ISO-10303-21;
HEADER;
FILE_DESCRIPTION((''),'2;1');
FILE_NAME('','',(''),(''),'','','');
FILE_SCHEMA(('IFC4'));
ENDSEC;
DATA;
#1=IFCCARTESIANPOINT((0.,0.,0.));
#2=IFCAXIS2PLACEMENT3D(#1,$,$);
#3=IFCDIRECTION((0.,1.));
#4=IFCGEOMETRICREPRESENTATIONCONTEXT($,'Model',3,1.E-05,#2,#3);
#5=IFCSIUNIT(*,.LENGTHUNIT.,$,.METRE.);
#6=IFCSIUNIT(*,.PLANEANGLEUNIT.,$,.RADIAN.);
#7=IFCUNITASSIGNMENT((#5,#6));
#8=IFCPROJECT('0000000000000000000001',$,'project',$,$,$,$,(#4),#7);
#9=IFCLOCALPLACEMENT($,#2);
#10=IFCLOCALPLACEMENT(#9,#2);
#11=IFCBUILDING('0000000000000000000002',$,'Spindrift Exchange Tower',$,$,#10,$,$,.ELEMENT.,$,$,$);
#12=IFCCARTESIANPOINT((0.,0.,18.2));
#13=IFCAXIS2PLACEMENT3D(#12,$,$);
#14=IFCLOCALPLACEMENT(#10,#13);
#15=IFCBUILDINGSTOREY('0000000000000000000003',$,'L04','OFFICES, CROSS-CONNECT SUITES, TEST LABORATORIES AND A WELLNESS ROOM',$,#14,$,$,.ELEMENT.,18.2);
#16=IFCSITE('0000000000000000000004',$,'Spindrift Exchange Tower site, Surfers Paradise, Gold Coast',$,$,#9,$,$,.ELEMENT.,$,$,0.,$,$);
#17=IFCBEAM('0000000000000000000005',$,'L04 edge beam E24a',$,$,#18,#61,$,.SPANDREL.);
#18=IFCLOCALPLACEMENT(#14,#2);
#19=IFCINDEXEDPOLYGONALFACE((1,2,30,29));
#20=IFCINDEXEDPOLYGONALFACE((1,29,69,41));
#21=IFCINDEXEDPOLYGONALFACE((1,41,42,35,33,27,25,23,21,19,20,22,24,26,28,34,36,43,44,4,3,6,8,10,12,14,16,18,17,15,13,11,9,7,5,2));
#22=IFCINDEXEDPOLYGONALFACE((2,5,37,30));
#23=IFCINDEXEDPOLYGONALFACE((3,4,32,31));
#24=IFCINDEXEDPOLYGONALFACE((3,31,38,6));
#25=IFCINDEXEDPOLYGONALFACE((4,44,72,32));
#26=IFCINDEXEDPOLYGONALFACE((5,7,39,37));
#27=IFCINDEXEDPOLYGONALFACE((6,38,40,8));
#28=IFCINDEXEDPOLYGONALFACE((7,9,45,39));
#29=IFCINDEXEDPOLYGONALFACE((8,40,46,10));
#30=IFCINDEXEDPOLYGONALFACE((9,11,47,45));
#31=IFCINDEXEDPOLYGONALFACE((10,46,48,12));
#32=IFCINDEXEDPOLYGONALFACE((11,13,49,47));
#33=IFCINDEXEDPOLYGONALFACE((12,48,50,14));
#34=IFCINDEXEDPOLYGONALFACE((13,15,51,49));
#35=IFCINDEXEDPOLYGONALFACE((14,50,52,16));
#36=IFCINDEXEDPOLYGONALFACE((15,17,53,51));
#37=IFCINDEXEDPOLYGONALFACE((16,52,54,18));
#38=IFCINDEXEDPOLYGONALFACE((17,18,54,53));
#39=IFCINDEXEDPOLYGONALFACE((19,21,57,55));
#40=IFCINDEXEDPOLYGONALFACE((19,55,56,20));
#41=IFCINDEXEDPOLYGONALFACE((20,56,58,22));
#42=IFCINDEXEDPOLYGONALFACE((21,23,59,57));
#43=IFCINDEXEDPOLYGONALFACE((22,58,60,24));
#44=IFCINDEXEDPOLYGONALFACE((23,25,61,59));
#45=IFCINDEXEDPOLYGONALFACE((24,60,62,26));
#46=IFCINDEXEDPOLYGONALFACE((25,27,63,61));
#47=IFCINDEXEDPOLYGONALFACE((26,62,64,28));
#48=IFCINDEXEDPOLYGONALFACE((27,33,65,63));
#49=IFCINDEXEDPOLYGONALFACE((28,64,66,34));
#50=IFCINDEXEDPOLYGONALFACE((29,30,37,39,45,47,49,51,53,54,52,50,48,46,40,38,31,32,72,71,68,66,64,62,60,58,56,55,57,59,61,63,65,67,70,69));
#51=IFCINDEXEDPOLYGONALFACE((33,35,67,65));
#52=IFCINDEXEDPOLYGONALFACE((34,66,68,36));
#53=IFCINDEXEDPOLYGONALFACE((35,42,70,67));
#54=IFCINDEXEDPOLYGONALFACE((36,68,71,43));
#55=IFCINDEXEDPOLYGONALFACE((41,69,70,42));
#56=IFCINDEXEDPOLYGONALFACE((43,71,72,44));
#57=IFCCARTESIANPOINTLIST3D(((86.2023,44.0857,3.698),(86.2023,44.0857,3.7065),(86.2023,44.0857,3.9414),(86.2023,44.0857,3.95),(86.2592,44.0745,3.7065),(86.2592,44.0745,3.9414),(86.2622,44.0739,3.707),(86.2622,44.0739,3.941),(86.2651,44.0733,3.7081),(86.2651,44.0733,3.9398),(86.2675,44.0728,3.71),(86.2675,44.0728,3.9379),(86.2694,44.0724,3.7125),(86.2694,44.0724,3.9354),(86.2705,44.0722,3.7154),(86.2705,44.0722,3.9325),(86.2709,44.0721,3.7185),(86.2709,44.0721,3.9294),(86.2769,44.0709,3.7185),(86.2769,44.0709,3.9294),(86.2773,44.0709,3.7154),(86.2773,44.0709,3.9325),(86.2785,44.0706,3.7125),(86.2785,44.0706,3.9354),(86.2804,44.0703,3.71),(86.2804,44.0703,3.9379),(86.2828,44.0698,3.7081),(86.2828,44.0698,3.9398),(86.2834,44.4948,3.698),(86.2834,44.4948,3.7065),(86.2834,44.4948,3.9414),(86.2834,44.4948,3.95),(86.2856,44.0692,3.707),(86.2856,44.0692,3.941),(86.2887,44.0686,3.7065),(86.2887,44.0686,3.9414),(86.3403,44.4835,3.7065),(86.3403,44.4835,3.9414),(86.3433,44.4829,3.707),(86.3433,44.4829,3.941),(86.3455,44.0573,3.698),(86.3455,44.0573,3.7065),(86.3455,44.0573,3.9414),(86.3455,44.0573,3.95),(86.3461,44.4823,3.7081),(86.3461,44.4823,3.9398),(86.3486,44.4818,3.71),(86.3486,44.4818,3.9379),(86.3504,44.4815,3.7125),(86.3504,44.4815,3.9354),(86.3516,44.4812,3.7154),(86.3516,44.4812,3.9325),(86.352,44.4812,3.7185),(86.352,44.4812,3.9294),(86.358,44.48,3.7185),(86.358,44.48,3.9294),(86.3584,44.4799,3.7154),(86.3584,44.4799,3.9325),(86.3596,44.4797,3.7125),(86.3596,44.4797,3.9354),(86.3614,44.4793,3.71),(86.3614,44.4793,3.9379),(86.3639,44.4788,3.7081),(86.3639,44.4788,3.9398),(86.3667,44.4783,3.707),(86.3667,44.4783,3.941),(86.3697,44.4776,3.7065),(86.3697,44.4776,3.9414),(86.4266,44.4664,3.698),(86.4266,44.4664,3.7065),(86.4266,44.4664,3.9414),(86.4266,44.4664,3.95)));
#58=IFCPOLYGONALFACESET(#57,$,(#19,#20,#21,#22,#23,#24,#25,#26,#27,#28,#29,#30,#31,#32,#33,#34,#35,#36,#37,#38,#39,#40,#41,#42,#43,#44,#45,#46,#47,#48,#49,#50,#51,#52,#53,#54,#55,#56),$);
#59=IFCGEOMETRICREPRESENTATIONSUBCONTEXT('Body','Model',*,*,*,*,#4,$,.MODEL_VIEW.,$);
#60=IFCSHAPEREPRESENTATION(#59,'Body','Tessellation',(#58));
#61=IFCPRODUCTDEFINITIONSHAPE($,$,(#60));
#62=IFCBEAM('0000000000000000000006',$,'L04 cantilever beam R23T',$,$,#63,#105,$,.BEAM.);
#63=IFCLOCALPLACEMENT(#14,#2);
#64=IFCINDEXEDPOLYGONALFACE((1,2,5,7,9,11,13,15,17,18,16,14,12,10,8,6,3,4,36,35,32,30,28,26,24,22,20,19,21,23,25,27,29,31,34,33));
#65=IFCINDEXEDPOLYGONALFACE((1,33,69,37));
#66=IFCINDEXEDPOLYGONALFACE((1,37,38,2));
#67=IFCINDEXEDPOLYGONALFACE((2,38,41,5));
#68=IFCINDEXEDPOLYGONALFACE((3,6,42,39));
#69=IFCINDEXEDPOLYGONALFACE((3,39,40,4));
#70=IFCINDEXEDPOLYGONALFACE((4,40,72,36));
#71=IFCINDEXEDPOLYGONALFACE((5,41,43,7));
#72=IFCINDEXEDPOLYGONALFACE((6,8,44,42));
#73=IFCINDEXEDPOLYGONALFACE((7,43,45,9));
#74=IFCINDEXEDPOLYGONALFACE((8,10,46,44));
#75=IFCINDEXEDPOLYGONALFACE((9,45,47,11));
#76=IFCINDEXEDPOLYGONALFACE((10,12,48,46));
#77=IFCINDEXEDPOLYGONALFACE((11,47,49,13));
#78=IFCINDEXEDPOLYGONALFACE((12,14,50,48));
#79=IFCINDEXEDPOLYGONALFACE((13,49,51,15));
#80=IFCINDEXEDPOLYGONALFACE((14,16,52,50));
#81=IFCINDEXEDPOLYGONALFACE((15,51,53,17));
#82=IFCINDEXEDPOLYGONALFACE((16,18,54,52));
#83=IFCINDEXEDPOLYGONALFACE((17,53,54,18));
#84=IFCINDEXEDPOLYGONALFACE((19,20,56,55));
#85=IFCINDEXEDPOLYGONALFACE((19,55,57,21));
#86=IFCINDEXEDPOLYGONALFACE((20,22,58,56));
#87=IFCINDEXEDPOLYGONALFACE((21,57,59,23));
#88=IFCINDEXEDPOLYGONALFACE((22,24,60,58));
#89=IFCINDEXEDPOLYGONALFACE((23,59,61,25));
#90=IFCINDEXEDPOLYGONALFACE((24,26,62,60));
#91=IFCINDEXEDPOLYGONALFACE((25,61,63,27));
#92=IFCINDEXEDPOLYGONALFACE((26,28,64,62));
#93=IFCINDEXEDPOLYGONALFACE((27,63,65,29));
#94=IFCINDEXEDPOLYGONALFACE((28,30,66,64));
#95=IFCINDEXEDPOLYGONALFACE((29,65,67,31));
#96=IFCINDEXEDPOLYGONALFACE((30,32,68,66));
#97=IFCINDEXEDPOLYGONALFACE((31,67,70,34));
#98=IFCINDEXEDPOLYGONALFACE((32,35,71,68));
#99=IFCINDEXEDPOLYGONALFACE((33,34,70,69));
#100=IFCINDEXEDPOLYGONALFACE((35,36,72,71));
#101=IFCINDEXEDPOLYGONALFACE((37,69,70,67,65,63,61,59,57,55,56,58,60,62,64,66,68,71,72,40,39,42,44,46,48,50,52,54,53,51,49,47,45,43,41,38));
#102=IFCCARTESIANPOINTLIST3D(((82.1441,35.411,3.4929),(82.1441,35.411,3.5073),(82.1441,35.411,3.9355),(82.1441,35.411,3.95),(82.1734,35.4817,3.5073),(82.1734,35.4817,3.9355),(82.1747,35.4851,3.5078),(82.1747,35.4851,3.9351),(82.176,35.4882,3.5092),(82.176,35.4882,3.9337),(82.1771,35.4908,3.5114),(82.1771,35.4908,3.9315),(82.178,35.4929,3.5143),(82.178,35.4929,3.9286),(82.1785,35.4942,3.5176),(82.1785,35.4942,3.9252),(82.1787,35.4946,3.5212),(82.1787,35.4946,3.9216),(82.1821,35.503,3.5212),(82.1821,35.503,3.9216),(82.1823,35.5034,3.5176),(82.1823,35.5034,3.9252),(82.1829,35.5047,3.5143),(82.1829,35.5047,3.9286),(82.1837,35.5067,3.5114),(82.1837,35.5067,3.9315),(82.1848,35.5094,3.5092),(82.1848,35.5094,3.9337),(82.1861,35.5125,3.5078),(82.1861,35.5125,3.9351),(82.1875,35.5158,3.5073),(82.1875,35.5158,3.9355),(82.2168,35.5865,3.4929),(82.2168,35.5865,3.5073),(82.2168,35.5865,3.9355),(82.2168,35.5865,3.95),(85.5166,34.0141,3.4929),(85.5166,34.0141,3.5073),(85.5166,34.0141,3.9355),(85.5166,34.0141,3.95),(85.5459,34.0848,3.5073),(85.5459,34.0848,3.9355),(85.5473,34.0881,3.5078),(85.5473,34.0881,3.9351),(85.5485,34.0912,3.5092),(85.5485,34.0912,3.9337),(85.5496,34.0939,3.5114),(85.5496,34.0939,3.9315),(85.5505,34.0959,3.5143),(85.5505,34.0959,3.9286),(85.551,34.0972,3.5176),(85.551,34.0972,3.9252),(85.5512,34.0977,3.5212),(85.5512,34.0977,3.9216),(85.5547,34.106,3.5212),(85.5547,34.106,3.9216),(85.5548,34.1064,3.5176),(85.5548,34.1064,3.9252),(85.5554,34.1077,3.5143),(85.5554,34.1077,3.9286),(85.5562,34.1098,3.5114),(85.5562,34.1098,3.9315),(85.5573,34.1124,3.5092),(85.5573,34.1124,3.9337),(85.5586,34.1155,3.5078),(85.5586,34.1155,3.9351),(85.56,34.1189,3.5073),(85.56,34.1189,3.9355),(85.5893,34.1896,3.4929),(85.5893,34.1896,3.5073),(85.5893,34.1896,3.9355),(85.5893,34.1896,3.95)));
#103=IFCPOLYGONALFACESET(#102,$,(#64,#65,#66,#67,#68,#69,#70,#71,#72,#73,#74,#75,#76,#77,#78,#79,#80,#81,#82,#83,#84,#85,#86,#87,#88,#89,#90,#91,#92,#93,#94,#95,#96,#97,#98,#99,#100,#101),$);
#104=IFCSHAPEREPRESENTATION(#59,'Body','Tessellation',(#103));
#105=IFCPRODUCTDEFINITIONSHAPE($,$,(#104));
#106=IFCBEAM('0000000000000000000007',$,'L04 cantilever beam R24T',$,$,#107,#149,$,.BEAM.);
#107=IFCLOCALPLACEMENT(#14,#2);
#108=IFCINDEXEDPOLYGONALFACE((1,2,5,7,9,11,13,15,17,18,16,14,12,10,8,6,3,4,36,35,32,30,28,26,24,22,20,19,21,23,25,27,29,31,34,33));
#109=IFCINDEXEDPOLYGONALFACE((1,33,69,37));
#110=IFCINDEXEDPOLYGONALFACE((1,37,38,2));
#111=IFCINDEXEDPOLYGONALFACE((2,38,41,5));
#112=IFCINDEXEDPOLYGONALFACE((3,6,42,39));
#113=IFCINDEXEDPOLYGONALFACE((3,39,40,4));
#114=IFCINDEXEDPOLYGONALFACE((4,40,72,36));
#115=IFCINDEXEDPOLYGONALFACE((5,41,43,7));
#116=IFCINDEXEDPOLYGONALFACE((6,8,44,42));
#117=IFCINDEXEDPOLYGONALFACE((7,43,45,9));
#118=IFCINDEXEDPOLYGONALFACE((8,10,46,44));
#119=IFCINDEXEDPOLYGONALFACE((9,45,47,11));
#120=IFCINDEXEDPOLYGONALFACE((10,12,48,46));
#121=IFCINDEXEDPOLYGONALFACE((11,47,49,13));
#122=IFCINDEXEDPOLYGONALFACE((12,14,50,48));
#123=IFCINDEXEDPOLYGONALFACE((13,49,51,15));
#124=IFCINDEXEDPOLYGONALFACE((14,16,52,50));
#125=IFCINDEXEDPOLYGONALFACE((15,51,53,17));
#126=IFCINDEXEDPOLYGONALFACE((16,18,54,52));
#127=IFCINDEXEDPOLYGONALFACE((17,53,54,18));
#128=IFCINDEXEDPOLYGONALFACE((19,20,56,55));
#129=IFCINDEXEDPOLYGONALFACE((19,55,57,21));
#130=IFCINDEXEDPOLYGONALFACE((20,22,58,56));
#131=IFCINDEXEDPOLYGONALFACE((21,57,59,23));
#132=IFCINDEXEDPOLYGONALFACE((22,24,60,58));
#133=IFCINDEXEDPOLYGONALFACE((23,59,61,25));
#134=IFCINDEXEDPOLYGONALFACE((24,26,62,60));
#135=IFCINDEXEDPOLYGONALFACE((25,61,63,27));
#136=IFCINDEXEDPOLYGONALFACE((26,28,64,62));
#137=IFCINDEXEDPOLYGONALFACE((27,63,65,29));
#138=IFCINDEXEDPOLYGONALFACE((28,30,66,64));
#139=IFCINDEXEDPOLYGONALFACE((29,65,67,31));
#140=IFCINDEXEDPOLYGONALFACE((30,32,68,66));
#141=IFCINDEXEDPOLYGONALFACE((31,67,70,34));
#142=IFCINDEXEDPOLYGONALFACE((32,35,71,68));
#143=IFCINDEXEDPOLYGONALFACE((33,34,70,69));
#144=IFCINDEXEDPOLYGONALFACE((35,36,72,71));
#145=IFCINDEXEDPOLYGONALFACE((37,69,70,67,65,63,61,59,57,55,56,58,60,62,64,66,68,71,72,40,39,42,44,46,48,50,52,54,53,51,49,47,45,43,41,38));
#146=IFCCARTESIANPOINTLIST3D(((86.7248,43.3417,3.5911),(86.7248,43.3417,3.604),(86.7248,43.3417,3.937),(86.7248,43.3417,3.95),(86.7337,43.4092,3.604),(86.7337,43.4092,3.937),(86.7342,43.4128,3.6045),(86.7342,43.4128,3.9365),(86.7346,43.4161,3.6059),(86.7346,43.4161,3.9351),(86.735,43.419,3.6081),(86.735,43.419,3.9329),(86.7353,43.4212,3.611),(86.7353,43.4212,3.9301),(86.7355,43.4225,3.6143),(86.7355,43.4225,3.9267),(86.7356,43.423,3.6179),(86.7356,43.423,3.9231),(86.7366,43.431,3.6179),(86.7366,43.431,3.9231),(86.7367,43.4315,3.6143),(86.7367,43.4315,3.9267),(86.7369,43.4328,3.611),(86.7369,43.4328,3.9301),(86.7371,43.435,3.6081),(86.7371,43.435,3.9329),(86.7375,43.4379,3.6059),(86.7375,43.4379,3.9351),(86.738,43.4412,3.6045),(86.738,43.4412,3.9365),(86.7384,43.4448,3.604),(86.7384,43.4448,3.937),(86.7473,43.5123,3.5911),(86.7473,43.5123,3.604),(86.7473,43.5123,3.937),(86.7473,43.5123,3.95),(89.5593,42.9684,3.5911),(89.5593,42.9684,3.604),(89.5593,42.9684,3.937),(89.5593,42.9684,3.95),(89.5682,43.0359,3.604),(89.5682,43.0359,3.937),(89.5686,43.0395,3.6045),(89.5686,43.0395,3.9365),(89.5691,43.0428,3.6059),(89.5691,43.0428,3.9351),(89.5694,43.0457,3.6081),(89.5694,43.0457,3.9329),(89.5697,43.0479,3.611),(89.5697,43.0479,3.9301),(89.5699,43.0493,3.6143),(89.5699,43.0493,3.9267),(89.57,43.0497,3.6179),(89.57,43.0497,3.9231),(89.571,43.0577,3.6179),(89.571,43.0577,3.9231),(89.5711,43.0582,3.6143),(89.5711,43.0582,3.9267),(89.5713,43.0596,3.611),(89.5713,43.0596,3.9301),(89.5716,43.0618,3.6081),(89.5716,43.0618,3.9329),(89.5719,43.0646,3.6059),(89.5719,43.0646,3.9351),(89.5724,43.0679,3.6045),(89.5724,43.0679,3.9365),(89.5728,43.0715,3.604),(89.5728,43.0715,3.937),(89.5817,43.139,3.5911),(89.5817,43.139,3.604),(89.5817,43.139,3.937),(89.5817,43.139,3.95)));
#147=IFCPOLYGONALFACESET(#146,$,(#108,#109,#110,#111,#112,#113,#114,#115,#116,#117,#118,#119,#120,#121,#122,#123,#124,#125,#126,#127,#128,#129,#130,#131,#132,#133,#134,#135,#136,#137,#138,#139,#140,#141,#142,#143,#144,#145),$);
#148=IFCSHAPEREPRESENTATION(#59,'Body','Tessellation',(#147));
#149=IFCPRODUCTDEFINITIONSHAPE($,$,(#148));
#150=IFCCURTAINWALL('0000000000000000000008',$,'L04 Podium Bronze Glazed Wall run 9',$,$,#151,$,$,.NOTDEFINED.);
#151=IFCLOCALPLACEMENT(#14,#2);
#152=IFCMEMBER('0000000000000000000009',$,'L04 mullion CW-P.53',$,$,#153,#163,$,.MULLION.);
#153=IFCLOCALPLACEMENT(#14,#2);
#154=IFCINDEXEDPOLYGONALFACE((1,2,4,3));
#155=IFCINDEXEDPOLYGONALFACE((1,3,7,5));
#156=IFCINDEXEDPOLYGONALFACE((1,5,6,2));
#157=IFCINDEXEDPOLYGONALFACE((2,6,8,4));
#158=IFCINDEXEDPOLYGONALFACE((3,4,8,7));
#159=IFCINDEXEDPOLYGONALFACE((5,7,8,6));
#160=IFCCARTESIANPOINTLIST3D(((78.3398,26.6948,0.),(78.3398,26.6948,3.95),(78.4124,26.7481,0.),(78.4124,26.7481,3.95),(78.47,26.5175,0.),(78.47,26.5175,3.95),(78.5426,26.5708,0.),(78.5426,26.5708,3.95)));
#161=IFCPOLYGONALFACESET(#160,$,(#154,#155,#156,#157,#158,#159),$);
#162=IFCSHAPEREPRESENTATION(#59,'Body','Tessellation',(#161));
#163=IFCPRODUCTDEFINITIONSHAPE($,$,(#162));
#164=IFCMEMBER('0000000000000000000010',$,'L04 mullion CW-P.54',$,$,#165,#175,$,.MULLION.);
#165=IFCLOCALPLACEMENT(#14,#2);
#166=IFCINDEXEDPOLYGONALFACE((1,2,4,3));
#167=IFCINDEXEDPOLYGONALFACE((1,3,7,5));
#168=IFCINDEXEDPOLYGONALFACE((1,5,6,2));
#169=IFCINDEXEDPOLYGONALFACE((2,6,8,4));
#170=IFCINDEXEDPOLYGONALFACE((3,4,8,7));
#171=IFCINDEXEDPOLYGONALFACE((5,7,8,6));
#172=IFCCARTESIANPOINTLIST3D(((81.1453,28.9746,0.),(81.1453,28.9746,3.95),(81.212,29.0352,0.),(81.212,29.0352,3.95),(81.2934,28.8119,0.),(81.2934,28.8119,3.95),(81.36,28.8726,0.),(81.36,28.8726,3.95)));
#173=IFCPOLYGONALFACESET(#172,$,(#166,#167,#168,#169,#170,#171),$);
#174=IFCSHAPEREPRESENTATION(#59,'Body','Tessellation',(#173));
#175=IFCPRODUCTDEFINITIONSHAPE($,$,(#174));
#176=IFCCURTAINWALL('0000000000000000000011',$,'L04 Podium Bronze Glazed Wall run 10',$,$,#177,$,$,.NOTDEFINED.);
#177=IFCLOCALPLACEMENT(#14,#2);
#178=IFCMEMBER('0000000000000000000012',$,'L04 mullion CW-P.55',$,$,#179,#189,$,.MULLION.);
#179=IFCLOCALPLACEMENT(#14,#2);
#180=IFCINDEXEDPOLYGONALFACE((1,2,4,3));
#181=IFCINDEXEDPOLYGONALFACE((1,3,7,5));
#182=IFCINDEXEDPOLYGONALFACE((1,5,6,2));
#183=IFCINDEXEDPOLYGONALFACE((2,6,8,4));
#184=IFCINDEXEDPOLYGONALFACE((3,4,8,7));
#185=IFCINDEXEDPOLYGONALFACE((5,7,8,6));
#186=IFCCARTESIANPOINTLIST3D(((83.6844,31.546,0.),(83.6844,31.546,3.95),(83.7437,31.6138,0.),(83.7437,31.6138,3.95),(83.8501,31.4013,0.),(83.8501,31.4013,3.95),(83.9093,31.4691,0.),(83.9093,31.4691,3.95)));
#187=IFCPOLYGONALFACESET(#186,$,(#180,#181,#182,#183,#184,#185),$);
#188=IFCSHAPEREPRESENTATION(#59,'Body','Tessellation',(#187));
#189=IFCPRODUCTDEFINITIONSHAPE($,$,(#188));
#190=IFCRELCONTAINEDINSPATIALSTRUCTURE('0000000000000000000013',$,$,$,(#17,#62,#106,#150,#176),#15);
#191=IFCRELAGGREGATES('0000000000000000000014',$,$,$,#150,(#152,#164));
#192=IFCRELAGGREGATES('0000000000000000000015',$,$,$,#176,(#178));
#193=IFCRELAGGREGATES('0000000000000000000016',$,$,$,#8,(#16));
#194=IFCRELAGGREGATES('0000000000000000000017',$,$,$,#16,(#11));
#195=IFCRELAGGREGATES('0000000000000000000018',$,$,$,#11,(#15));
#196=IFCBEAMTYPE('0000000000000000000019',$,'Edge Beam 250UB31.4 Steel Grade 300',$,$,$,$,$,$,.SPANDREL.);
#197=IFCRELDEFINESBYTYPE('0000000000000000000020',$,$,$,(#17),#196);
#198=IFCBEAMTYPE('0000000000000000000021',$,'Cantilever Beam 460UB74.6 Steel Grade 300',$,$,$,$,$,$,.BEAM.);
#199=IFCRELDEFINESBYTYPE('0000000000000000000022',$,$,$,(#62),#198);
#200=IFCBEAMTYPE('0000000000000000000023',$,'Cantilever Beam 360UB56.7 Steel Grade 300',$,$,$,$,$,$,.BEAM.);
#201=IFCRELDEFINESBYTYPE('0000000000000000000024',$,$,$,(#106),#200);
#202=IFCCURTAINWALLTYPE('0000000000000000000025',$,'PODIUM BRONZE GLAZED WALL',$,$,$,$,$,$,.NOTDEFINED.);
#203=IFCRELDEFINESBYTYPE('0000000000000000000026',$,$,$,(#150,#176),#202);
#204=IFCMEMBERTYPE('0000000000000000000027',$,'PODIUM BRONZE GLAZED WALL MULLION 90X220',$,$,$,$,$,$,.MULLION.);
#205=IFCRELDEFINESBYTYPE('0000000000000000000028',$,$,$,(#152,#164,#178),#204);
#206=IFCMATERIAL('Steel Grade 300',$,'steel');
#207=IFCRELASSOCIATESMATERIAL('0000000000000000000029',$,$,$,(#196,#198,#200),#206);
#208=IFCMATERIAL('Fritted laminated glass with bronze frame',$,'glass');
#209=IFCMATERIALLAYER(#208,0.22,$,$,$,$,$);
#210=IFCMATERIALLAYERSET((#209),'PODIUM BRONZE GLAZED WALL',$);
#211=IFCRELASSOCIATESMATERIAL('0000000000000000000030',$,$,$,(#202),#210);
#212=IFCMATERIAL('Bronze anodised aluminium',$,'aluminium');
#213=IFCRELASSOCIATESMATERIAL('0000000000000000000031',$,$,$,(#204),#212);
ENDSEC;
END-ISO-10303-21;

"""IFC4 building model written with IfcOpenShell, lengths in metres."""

from ifc_helpers import new_model, si_unit, direction, frame, origin, origin_2d, place, context, subcontext, project, spatial, rectangle, i_section, extrude, source, transform, mapped, material, layer, layer_set, material_profile, profile_set, type_object, element, aggregate, save


model = new_model("IFC4")

# Units and contexts
model_context = context("Model", 3, precision=1e-05, world=origin(), true_north=direction((0.0, 1.0)))
body_context = subcontext(model_context, "Body", "Model", "MODEL_VIEW")
ifc_project = project(units=[si_unit("LENGTHUNIT", "METRE"), si_unit("PLANEANGLEUNIT", "RADIAN")], contexts=[model_context])

# Site, building, storey
site_placement = place(None, origin())
site = spatial("IfcSite", under=ifc_project, at=site_placement, Name="Spindrift Exchange Tower site, Surfers Paradise, Gold Coast", CompositionType="ELEMENT", RefElevation=0.0)
building_placement = place(site_placement, origin())
building = spatial("IfcBuilding", under=site, at=building_placement, Name="Spindrift Exchange Tower", CompositionType="ELEMENT")
storey_placement = place(building_placement, frame((0.0, 0.0, 18.2)))
storey = spatial("IfcBuildingStorey", under=building, at=storey_placement, Name="L04", Description="OFFICES, CROSS-CONNECT SUITES, TEST LABORATORIES AND A WELLNESS ROOM", CompositionType="ELEMENT", Elevation=18.2)

# Beams
ifc_material_1 = material(Name="Steel Grade 300", Category="steel")
ifc_material_profile_1 = material_profile(ifc_material_1, i_section(OverallWidth=0.146, OverallDepth=0.252, WebThickness=0.0061, FlangeThickness=0.0085, FilletRadius=0.012, at=origin_2d()), Name="250UB31.4")
ifc_profile_set_1 = profile_set([ifc_material_profile_1], Name="Steel Grade 300")
beam_type_1 = type_object("IfcBeamType", Name="Edge Beam 250UB31.4 Steel Grade 300", PredefinedType="SPANDREL", material=ifc_profile_set_1)
shared_shape_1 = source(origin(), body_context, "Body", "SweptSolid", [
    extrude(i_section(OverallWidth=0.146, OverallDepth=0.252, WebThickness=0.0061, FlangeThickness=0.0085, FilletRadius=0.012, at=origin_2d()), origin(), (0.0, 0.0, 1.0), 0.417),
])
beam_1_placement = place(storey_placement, frame((86.2739, 44.0715, 3.824), z_axis=(0.194427, 0.980917, 0.0), x_axis=(-0.980917, 0.194427, 0.0)))
element("IfcBeam", 1, at=beam_1_placement, inside=storey, type_object=beam_type_1, Name="L04 edge beam E24a", PredefinedType="SPANDREL", context=body_context, shape_type="MappedRepresentation", body=[
    mapped(shared_shape_1, transform((0.0, 0.0, 0.0), scale=1.0)),
])
ifc_material_profile_2 = material_profile(ifc_material_1, i_section(OverallWidth=0.1899, OverallDepth=0.457, WebThickness=0.009, FlangeThickness=0.0144, FilletRadius=0.0139, at=origin_2d()), Name="460UB74.6")
ifc_profile_set_2 = profile_set([ifc_material_profile_2], Name="Steel Grade 300")
beam_type_2 = type_object("IfcBeamType", Name="Cantilever Beam 460UB74.6 Steel Grade 300", PredefinedType="BEAM", material=ifc_profile_set_2)
shared_shape_2 = source(origin(), body_context, "Body", "SweptSolid", [
    extrude(i_section(OverallWidth=0.1899, OverallDepth=0.457, WebThickness=0.009, FlangeThickness=0.0144, FilletRadius=0.0139, at=origin_2d()), origin(), (0.0, 0.0, 1.0), 3.6504),
])
beam_2_placement = place(storey_placement, frame((82.1804, 35.4988, 3.7214), z_axis=(0.923878, -0.382687, 0.0), x_axis=(0.382687, 0.923878, 0.0)))
element("IfcBeam", 2, at=beam_2_placement, inside=storey, type_object=beam_type_2, Name="L04 cantilever beam R23T", PredefinedType="BEAM", context=body_context, shape_type="MappedRepresentation", body=[
    mapped(shared_shape_2, transform((0.0, 0.0, 0.0), scale=1.0)),
])
ifc_material_profile_3 = material_profile(ifc_material_1, i_section(OverallWidth=0.1721, OverallDepth=0.3589, WebThickness=0.0081, FlangeThickness=0.0129, FilletRadius=0.0139, at=origin_2d()), Name="360UB56.7")
ifc_profile_set_3 = profile_set([ifc_material_profile_3], Name="Steel Grade 300")
beam_type_3 = type_object("IfcBeamType", Name="Cantilever Beam 360UB56.7 Steel Grade 300", PredefinedType="BEAM", material=ifc_profile_set_3)
shared_shape_3 = source(origin(), body_context, "Body", "SweptSolid", [
    extrude(i_section(OverallWidth=0.1721, OverallDepth=0.3589, WebThickness=0.0081, FlangeThickness=0.0129, FilletRadius=0.0139, at=origin_2d()), origin(), (0.0, 0.0, 1.0), 2.8589),
])
beam_3_placement = place(storey_placement, frame((86.7361, 43.427, 3.7705), z_axis=(0.991439, -0.130569, 0.0), x_axis=(0.130569, 0.991439, 0.0)))
element("IfcBeam", 3, at=beam_3_placement, inside=storey, type_object=beam_type_3, Name="L04 cantilever beam R24T", PredefinedType="BEAM", context=body_context, shape_type="MappedRepresentation", body=[
    mapped(shared_shape_3, transform((0.0, 0.0, 0.0), scale=1.0)),
])

# Curtain walls, members
ifc_material_2 = material(Name="Fritted laminated glass with bronze frame", Category="glass")
ifc_layer_1 = layer(ifc_material_2, 0.22)
ifc_layer_set_1 = layer_set([ifc_layer_1], Name="PODIUM BRONZE GLAZED WALL")
curtain_wall_type = type_object("IfcCurtainWallType", Name="PODIUM BRONZE GLAZED WALL", PredefinedType="NOTDEFINED", material=ifc_layer_set_1)
curtain_wall_1_placement = place(storey_placement, origin())
curtain_wall_1 = element("IfcCurtainWall", 4, at=curtain_wall_1_placement, inside=storey, type_object=curtain_wall_type, Name="L04 Podium Bronze Glazed Wall run 9", PredefinedType="NOTDEFINED")
ifc_material_3 = material(Name="Bronze anodised aluminium", Category="aluminium")
ifc_material_profile_4 = material_profile(ifc_material_3, rectangle(XDim=0.0901, YDim=0.22, at=origin_2d()), Name="PODIUM BRONZE GLAZED WALL MULLION 90X220")
ifc_profile_set_4 = profile_set([ifc_material_profile_4], Name="Bronze anodised aluminium")
member_type_1 = type_object("IfcMemberType", Name="PODIUM BRONZE GLAZED WALL MULLION 90X220", PredefinedType="MULLION", material=ifc_profile_set_4)
shared_shape_4 = source(origin(), body_context, "Body", "SweptSolid", [
    extrude(rectangle(XDim=0.0901, YDim=0.22, at=origin_2d()), origin(), (0.0, 0.0, 1.0), 3.95),
])
member_1_placement = place(storey_placement, frame((78.4412, 26.6328, 0.0), z_axis=(0.0, 0.0, 1.0), x_axis=(0.806035, 0.591868, 0.0)))
member_1 = element("IfcMember", 5, at=member_1_placement, type_object=member_type_1, Name="L04 mullion CW-P.53", PredefinedType="MULLION", context=body_context, shape_type="MappedRepresentation", body=[
    mapped(shared_shape_4, transform((0.0, 0.0, 0.0), scale=1.0)),
])
member_2_placement = place(storey_placement, frame((81.2527, 28.9236, 0.0), z_axis=(0.0, 0.0, 1.0), x_axis=(0.739528, 0.673126, 0.0)))
member_2 = element("IfcMember", 6, at=member_2_placement, type_object=member_type_1, Name="L04 mullion CW-P.54", PredefinedType="MULLION", context=body_context, shape_type="MappedRepresentation", body=[
    mapped(shared_shape_4, transform((0.0, 0.0, 0.0), scale=1.0)),
])
curtain_wall_2_placement = place(storey_placement, origin())
curtain_wall_2 = element("IfcCurtainWall", 7, at=curtain_wall_2_placement, inside=storey, type_object=curtain_wall_type, Name="L04 Podium Bronze Glazed Wall run 10", PredefinedType="NOTDEFINED")
member_3_placement = place(storey_placement, frame((83.7969, 31.5076, 0.0), z_axis=(0.0, 0.0, 1.0), x_axis=(0.657862, 0.753139, 0.0)))
member_3 = element("IfcMember", 8, at=member_3_placement, type_object=member_type_1, Name="L04 mullion CW-P.55", PredefinedType="MULLION", context=body_context, shape_type="MappedRepresentation", body=[
    mapped(shared_shape_4, transform((0.0, 0.0, 0.0), scale=1.0)),
])

aggregate(curtain_wall_1, [member_1, member_2])
aggregate(curtain_wall_2, [member_3])

save(model, "model.ifc")
